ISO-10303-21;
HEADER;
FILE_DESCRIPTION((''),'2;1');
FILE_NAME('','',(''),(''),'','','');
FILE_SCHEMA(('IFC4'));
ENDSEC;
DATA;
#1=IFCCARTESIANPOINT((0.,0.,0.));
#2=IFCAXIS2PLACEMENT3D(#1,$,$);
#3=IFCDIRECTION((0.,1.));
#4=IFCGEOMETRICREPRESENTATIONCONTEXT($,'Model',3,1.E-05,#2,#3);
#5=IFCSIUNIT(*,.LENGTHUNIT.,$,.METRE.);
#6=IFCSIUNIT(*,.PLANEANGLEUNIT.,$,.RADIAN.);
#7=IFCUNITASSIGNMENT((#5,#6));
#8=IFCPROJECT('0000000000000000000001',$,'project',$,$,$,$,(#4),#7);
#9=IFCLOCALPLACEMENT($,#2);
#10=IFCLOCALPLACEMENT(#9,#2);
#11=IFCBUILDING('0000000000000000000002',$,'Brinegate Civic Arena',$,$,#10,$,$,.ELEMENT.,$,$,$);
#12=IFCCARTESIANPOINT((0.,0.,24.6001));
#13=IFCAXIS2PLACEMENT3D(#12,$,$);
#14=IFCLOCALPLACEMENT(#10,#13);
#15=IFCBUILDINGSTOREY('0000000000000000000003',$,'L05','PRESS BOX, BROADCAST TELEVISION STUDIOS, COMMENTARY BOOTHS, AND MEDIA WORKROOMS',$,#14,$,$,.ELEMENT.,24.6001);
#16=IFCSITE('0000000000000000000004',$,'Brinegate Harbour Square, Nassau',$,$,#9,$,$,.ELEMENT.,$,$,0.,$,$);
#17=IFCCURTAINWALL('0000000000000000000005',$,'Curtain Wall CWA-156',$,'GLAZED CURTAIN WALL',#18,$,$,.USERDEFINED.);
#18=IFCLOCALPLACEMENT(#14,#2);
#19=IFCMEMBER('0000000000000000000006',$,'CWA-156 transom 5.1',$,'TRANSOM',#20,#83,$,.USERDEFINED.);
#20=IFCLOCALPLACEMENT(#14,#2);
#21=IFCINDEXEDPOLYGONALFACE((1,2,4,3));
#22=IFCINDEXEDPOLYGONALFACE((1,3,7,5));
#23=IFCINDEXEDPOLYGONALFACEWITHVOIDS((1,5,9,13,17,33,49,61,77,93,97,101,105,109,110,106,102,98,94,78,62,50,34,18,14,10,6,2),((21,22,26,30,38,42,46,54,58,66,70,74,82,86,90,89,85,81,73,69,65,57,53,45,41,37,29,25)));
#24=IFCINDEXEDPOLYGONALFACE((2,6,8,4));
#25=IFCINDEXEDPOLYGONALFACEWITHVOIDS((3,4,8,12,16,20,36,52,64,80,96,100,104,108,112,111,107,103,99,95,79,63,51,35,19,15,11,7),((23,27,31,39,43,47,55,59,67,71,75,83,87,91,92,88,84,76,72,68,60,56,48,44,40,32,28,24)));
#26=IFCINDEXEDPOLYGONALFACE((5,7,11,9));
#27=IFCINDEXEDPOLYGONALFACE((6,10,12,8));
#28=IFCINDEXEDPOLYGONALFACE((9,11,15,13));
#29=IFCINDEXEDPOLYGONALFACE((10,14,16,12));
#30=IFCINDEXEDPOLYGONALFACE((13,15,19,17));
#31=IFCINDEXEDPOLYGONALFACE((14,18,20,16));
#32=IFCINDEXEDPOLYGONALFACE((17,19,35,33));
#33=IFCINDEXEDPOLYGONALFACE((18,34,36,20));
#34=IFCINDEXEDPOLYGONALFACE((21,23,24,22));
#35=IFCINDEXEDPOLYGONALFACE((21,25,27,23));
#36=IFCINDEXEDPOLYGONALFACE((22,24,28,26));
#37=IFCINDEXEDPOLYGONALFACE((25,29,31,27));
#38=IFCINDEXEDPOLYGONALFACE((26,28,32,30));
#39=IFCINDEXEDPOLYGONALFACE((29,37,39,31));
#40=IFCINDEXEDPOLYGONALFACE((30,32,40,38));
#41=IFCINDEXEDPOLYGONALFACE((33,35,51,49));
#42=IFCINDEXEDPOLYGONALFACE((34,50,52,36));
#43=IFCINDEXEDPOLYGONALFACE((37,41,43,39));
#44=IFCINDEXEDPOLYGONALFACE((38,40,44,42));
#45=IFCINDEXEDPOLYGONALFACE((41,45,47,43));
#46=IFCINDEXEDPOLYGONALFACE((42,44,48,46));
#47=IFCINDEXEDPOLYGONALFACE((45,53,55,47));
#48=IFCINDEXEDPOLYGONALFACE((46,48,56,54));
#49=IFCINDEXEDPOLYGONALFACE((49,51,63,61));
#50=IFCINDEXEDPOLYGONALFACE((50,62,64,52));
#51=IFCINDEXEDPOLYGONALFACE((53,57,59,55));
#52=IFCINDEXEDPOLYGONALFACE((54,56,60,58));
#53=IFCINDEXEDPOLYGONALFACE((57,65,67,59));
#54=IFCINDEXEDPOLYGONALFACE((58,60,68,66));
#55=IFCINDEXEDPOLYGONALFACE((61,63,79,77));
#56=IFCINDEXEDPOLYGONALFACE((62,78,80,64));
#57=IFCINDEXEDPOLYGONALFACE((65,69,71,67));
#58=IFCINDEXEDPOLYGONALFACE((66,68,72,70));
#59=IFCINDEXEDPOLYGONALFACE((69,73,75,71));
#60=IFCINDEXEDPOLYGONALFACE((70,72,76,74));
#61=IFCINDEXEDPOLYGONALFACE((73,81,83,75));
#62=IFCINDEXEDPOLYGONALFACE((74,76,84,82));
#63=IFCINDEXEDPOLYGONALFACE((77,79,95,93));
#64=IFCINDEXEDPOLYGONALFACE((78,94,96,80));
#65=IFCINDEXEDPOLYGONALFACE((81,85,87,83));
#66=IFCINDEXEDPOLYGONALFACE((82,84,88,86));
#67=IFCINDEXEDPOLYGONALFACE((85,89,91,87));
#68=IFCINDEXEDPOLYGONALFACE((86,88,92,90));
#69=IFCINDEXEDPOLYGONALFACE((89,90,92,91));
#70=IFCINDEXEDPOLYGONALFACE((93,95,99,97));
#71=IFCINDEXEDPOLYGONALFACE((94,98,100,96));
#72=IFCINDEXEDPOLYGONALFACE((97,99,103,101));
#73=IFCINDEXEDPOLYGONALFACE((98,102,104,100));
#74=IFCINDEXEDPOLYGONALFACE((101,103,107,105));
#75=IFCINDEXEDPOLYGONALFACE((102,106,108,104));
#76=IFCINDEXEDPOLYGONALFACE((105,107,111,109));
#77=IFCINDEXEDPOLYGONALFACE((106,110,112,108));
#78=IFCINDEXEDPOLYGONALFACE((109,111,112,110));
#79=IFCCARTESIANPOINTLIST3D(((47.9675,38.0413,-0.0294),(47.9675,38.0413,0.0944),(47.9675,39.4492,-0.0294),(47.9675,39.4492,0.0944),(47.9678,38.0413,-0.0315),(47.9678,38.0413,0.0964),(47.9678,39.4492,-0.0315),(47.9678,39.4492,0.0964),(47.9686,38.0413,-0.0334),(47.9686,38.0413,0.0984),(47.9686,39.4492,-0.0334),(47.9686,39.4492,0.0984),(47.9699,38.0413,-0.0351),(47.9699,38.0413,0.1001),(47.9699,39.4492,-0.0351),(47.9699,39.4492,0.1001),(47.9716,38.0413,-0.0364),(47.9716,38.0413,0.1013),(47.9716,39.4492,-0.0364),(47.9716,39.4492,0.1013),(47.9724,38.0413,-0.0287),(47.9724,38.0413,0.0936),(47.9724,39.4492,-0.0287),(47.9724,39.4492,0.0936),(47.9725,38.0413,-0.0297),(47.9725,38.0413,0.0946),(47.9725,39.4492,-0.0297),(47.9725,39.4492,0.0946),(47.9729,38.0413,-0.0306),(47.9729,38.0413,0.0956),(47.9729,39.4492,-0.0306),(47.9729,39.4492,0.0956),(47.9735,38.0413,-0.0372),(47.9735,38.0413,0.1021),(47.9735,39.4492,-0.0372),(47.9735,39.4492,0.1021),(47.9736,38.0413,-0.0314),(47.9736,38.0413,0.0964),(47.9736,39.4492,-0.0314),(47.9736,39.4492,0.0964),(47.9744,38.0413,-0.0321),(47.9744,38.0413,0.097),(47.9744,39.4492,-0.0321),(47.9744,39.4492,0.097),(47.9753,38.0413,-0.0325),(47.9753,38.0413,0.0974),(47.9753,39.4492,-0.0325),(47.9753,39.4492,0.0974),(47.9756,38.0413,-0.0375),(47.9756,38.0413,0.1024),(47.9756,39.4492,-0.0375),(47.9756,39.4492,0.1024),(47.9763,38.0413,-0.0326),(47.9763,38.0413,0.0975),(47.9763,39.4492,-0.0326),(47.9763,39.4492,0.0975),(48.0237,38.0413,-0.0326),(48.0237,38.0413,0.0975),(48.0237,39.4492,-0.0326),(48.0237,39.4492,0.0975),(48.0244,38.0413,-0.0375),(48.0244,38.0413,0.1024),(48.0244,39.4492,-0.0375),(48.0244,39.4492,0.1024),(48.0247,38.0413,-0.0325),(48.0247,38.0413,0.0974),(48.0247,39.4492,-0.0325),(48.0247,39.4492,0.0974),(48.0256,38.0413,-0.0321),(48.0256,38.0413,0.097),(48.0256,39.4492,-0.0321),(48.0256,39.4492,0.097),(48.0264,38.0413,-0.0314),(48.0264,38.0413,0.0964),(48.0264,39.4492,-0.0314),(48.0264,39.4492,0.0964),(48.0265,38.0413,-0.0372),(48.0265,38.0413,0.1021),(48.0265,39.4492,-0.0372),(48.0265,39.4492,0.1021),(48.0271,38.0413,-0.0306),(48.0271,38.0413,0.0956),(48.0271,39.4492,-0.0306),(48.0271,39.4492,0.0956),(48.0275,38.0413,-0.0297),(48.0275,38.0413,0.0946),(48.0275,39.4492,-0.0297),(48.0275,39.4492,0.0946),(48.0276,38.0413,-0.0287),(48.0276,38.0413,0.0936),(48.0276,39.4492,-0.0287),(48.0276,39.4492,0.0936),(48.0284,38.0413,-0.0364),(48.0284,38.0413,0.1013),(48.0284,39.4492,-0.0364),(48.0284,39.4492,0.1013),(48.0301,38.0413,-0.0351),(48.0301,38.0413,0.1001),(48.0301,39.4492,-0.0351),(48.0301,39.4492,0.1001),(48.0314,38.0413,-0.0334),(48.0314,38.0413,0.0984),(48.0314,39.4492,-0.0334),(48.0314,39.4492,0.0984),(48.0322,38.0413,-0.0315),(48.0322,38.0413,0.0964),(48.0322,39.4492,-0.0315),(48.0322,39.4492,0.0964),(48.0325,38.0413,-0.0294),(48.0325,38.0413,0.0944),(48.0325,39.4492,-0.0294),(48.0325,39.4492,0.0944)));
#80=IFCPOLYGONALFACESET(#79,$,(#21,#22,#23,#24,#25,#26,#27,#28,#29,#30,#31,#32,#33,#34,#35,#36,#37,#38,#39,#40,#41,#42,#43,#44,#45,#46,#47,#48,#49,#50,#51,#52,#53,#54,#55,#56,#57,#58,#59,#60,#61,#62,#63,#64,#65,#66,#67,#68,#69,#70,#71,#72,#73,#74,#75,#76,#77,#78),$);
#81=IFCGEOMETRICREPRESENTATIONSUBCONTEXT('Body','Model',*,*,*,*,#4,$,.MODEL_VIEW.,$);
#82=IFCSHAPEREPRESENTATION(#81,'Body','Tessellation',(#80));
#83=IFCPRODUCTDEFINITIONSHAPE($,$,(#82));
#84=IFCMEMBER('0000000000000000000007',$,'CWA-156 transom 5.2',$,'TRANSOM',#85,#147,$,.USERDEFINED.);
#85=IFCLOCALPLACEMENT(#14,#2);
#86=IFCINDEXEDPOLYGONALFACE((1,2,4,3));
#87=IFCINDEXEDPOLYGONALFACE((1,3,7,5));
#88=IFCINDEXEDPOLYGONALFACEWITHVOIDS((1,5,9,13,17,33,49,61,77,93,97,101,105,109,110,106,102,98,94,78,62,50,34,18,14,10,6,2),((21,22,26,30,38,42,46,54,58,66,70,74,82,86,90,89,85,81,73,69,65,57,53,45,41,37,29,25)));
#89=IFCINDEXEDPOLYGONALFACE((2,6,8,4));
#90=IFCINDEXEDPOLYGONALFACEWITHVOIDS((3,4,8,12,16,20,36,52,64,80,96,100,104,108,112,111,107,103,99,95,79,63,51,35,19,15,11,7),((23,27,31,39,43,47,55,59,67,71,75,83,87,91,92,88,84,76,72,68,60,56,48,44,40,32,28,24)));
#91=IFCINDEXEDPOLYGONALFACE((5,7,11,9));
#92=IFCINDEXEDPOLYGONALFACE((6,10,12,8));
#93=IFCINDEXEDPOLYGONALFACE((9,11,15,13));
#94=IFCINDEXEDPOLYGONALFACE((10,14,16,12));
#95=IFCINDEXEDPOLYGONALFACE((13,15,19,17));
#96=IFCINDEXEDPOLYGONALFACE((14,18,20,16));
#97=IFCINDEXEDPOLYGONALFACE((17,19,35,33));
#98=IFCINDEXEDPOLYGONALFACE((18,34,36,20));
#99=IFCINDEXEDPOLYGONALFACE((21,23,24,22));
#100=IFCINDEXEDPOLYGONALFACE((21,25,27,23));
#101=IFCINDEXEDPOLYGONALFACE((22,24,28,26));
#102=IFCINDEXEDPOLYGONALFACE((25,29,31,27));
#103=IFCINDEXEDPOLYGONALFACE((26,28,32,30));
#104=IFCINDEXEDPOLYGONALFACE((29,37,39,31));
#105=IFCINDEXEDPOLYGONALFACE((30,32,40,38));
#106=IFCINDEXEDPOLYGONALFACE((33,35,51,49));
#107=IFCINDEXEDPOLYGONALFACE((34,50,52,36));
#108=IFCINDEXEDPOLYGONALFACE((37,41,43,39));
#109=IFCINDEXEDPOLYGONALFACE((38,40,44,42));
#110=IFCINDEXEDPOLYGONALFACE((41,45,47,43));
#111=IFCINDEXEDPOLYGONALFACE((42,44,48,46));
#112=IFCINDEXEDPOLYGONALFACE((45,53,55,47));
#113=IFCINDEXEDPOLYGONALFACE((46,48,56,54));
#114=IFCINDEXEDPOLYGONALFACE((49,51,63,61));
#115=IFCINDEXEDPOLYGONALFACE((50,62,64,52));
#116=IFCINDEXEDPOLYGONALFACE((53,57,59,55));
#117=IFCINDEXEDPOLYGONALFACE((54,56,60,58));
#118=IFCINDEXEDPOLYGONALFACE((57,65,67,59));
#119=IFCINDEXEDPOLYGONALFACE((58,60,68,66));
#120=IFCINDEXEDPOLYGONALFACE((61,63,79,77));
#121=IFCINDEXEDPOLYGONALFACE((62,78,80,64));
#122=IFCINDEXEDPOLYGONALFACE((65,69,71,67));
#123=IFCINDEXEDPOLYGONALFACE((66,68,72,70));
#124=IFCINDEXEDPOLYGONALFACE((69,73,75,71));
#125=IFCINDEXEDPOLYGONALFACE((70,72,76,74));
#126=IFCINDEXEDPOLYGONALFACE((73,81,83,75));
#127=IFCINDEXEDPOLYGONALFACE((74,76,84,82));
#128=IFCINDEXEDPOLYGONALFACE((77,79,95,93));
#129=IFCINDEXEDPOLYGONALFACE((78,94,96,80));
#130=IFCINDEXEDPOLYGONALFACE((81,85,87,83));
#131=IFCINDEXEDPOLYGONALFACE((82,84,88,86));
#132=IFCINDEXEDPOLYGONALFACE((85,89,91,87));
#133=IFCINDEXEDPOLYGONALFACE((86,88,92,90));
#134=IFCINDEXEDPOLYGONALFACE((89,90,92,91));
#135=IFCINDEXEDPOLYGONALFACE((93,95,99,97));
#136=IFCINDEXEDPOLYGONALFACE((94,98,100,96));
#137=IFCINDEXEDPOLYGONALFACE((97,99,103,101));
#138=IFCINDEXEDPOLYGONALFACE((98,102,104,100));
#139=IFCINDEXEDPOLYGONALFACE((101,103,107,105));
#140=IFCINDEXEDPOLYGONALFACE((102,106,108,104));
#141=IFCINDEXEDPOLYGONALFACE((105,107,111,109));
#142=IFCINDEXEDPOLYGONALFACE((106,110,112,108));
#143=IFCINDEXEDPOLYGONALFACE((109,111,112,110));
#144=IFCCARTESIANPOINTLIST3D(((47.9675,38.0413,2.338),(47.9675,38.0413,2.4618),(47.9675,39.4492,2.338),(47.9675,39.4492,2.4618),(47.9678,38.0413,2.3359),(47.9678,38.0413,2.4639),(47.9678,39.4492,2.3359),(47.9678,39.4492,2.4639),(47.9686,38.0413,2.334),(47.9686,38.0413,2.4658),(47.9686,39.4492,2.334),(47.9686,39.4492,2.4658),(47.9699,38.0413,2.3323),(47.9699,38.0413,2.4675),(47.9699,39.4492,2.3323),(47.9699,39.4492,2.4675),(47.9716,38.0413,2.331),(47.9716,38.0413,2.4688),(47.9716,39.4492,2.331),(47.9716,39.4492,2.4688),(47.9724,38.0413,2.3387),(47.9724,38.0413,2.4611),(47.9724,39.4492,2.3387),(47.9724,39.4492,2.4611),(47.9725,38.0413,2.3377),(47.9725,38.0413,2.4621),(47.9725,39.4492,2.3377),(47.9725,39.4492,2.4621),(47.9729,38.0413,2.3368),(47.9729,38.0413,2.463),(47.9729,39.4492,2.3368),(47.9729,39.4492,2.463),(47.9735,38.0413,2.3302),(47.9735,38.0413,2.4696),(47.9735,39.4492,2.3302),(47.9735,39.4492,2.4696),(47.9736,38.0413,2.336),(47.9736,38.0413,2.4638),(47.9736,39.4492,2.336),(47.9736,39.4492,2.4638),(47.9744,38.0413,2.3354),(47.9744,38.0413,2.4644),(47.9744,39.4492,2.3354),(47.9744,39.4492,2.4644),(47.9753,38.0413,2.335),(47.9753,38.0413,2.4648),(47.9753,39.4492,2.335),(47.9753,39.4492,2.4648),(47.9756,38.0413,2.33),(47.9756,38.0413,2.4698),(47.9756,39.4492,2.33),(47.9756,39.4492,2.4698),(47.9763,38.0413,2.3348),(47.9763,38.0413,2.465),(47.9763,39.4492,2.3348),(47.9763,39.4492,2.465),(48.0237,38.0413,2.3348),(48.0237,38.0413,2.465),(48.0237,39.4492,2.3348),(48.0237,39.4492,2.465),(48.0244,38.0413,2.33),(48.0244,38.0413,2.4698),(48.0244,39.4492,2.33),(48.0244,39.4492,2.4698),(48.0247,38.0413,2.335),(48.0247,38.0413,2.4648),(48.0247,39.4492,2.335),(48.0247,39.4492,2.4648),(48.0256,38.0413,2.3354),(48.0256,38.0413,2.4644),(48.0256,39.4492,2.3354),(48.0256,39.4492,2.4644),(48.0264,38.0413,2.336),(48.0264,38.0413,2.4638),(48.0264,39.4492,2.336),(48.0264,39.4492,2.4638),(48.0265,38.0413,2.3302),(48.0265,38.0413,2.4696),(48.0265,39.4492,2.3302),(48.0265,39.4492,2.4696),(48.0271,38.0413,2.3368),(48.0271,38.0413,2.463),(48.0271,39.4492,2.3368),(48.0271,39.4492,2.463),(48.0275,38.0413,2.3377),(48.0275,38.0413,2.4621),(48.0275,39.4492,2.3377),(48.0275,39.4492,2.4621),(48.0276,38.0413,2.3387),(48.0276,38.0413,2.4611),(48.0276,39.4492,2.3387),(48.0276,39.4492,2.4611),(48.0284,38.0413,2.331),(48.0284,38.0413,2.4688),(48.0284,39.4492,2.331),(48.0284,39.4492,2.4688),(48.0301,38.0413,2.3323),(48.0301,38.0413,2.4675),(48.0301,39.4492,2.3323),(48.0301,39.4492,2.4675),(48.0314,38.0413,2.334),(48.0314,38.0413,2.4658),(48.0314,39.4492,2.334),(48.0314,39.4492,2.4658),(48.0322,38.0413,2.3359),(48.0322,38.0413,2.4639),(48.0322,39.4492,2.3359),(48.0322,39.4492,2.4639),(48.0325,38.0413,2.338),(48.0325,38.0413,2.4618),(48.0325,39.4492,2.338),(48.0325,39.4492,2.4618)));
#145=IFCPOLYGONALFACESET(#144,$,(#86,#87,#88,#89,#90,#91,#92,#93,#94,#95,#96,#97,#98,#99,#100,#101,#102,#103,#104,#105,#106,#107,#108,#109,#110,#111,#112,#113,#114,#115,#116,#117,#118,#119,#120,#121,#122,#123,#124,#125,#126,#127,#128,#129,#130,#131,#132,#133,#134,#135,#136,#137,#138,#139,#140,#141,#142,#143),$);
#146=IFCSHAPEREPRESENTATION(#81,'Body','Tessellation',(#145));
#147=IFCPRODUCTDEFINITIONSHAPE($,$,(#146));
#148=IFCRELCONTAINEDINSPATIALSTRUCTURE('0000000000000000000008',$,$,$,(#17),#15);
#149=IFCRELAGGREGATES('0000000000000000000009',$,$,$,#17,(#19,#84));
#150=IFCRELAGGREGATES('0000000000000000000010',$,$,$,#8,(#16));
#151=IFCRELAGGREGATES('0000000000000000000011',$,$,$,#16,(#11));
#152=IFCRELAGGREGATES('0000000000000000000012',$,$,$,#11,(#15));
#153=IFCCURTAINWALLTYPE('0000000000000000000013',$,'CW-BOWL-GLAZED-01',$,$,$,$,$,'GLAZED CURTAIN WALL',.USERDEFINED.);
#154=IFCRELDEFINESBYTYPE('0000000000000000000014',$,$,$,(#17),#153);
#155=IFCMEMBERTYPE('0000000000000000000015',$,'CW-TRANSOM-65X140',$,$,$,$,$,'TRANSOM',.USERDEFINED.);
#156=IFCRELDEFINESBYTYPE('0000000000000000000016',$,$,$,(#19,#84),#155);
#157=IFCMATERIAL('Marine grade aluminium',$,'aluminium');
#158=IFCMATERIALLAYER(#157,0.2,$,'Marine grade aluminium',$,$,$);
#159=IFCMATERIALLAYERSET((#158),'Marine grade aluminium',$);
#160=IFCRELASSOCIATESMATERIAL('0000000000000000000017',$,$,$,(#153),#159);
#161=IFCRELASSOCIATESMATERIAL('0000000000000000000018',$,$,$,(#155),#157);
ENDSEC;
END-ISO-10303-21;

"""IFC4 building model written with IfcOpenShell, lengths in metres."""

from ifc_helpers import new_model, si_unit, direction, frame, origin, origin_2d, place, context, subcontext, project, spatial, hollow_rectangle, extrude, material, layer, layer_set, material_profile, profile_set, type_object, element, aggregate, save


model = new_model("IFC4")

# Units and contexts
model_context = context("Model", 3, precision=1e-05, world=origin(), true_north=direction((0.0, 1.0)))
body_context = subcontext(model_context, "Body", "Model", "MODEL_VIEW")
ifc_project = project(units=[si_unit("LENGTHUNIT", "METRE"), si_unit("PLANEANGLEUNIT", "RADIAN")], contexts=[model_context])

# Site, building, storey
site_placement = place(None, origin())
site = spatial("IfcSite", under=ifc_project, at=site_placement, Name="Brinegate Harbour Square, Nassau", CompositionType="ELEMENT", RefElevation=0.0)
building_placement = place(site_placement, origin())
building = spatial("IfcBuilding", under=site, at=building_placement, Name="Brinegate Civic Arena", CompositionType="ELEMENT")
storey_placement = place(building_placement, frame((0.0, 0.0, 24.6001)))
storey = spatial("IfcBuildingStorey", under=building, at=storey_placement, Name="L05", Description="PRESS BOX, BROADCAST TELEVISION STUDIOS, COMMENTARY BOOTHS, AND MEDIA WORKROOMS", CompositionType="ELEMENT", Elevation=24.6001)

# Curtain wall
ifc_material_1 = material(Name="Marine grade aluminium", Category="aluminium")
ifc_layer_1 = layer(ifc_material_1, 0.2, Name="Marine grade aluminium")
ifc_layer_set_1 = layer_set([ifc_layer_1], Name="Marine grade aluminium")
curtain_wall_type = type_object("IfcCurtainWallType", Name="CW-BOWL-GLAZED-01", ElementType="GLAZED CURTAIN WALL", PredefinedType="USERDEFINED", material=ifc_layer_set_1)
curtain_wall_1_placement = place(storey_placement, origin())
curtain_wall_1 = element("IfcCurtainWall", 1, at=curtain_wall_1_placement, inside=storey, type_object=curtain_wall_type, Name="Curtain Wall CWA-156", ObjectType="GLAZED CURTAIN WALL", PredefinedType="USERDEFINED")

# Members
ifc_material_profile_1 = material_profile(ifc_material_1, hollow_rectangle(XDim=0.0649, YDim=0.1399, WallThickness=0.0049, InnerFilletRadius=0.0039, OuterFilletRadius=0.0081, at=origin_2d()), Name="TRN65X140")
ifc_profile_set_1 = profile_set([ifc_material_profile_1], Name="Marine grade aluminium")
member_type_1 = type_object("IfcMemberType", Name="CW-TRANSOM-65X140", ElementType="TRANSOM", PredefinedType="USERDEFINED", material=ifc_profile_set_1)
member_1_placement = place(storey_placement, frame((48.0, 38.0413, 0.0325), z_axis=(0.0, 1.0, 0.0), x_axis=(-1.0, 0.0, 0.0)))
member_1 = element("IfcMember", 2, at=member_1_placement, type_object=member_type_1, Name="CWA-156 transom 5.1", ObjectType="TRANSOM", PredefinedType="USERDEFINED", context=body_context, shape_type="SweptSolid", body=[
    extrude(hollow_rectangle(XDim=0.0649, YDim=0.1399, WallThickness=0.0049, InnerFilletRadius=0.0039, OuterFilletRadius=0.0081, at=origin_2d()), origin(), (0.0, 0.0, 1.0), 1.408),
])
member_2_placement = place(storey_placement, frame((48.0, 38.0413, 2.3999), z_axis=(0.0, 1.0, 0.0), x_axis=(-1.0, 0.0, 0.0)))
member_2 = element("IfcMember", 3, at=member_2_placement, type_object=member_type_1, Name="CWA-156 transom 5.2", ObjectType="TRANSOM", PredefinedType="USERDEFINED", context=body_context, shape_type="SweptSolid", body=[
    extrude(hollow_rectangle(XDim=0.0649, YDim=0.1399, WallThickness=0.0049, InnerFilletRadius=0.0039, OuterFilletRadius=0.0081, at=origin_2d()), origin(), (0.0, 0.0, 1.0), 1.408),
])

aggregate(curtain_wall_1, [member_1, member_2])

save(model, "model.ifc")
